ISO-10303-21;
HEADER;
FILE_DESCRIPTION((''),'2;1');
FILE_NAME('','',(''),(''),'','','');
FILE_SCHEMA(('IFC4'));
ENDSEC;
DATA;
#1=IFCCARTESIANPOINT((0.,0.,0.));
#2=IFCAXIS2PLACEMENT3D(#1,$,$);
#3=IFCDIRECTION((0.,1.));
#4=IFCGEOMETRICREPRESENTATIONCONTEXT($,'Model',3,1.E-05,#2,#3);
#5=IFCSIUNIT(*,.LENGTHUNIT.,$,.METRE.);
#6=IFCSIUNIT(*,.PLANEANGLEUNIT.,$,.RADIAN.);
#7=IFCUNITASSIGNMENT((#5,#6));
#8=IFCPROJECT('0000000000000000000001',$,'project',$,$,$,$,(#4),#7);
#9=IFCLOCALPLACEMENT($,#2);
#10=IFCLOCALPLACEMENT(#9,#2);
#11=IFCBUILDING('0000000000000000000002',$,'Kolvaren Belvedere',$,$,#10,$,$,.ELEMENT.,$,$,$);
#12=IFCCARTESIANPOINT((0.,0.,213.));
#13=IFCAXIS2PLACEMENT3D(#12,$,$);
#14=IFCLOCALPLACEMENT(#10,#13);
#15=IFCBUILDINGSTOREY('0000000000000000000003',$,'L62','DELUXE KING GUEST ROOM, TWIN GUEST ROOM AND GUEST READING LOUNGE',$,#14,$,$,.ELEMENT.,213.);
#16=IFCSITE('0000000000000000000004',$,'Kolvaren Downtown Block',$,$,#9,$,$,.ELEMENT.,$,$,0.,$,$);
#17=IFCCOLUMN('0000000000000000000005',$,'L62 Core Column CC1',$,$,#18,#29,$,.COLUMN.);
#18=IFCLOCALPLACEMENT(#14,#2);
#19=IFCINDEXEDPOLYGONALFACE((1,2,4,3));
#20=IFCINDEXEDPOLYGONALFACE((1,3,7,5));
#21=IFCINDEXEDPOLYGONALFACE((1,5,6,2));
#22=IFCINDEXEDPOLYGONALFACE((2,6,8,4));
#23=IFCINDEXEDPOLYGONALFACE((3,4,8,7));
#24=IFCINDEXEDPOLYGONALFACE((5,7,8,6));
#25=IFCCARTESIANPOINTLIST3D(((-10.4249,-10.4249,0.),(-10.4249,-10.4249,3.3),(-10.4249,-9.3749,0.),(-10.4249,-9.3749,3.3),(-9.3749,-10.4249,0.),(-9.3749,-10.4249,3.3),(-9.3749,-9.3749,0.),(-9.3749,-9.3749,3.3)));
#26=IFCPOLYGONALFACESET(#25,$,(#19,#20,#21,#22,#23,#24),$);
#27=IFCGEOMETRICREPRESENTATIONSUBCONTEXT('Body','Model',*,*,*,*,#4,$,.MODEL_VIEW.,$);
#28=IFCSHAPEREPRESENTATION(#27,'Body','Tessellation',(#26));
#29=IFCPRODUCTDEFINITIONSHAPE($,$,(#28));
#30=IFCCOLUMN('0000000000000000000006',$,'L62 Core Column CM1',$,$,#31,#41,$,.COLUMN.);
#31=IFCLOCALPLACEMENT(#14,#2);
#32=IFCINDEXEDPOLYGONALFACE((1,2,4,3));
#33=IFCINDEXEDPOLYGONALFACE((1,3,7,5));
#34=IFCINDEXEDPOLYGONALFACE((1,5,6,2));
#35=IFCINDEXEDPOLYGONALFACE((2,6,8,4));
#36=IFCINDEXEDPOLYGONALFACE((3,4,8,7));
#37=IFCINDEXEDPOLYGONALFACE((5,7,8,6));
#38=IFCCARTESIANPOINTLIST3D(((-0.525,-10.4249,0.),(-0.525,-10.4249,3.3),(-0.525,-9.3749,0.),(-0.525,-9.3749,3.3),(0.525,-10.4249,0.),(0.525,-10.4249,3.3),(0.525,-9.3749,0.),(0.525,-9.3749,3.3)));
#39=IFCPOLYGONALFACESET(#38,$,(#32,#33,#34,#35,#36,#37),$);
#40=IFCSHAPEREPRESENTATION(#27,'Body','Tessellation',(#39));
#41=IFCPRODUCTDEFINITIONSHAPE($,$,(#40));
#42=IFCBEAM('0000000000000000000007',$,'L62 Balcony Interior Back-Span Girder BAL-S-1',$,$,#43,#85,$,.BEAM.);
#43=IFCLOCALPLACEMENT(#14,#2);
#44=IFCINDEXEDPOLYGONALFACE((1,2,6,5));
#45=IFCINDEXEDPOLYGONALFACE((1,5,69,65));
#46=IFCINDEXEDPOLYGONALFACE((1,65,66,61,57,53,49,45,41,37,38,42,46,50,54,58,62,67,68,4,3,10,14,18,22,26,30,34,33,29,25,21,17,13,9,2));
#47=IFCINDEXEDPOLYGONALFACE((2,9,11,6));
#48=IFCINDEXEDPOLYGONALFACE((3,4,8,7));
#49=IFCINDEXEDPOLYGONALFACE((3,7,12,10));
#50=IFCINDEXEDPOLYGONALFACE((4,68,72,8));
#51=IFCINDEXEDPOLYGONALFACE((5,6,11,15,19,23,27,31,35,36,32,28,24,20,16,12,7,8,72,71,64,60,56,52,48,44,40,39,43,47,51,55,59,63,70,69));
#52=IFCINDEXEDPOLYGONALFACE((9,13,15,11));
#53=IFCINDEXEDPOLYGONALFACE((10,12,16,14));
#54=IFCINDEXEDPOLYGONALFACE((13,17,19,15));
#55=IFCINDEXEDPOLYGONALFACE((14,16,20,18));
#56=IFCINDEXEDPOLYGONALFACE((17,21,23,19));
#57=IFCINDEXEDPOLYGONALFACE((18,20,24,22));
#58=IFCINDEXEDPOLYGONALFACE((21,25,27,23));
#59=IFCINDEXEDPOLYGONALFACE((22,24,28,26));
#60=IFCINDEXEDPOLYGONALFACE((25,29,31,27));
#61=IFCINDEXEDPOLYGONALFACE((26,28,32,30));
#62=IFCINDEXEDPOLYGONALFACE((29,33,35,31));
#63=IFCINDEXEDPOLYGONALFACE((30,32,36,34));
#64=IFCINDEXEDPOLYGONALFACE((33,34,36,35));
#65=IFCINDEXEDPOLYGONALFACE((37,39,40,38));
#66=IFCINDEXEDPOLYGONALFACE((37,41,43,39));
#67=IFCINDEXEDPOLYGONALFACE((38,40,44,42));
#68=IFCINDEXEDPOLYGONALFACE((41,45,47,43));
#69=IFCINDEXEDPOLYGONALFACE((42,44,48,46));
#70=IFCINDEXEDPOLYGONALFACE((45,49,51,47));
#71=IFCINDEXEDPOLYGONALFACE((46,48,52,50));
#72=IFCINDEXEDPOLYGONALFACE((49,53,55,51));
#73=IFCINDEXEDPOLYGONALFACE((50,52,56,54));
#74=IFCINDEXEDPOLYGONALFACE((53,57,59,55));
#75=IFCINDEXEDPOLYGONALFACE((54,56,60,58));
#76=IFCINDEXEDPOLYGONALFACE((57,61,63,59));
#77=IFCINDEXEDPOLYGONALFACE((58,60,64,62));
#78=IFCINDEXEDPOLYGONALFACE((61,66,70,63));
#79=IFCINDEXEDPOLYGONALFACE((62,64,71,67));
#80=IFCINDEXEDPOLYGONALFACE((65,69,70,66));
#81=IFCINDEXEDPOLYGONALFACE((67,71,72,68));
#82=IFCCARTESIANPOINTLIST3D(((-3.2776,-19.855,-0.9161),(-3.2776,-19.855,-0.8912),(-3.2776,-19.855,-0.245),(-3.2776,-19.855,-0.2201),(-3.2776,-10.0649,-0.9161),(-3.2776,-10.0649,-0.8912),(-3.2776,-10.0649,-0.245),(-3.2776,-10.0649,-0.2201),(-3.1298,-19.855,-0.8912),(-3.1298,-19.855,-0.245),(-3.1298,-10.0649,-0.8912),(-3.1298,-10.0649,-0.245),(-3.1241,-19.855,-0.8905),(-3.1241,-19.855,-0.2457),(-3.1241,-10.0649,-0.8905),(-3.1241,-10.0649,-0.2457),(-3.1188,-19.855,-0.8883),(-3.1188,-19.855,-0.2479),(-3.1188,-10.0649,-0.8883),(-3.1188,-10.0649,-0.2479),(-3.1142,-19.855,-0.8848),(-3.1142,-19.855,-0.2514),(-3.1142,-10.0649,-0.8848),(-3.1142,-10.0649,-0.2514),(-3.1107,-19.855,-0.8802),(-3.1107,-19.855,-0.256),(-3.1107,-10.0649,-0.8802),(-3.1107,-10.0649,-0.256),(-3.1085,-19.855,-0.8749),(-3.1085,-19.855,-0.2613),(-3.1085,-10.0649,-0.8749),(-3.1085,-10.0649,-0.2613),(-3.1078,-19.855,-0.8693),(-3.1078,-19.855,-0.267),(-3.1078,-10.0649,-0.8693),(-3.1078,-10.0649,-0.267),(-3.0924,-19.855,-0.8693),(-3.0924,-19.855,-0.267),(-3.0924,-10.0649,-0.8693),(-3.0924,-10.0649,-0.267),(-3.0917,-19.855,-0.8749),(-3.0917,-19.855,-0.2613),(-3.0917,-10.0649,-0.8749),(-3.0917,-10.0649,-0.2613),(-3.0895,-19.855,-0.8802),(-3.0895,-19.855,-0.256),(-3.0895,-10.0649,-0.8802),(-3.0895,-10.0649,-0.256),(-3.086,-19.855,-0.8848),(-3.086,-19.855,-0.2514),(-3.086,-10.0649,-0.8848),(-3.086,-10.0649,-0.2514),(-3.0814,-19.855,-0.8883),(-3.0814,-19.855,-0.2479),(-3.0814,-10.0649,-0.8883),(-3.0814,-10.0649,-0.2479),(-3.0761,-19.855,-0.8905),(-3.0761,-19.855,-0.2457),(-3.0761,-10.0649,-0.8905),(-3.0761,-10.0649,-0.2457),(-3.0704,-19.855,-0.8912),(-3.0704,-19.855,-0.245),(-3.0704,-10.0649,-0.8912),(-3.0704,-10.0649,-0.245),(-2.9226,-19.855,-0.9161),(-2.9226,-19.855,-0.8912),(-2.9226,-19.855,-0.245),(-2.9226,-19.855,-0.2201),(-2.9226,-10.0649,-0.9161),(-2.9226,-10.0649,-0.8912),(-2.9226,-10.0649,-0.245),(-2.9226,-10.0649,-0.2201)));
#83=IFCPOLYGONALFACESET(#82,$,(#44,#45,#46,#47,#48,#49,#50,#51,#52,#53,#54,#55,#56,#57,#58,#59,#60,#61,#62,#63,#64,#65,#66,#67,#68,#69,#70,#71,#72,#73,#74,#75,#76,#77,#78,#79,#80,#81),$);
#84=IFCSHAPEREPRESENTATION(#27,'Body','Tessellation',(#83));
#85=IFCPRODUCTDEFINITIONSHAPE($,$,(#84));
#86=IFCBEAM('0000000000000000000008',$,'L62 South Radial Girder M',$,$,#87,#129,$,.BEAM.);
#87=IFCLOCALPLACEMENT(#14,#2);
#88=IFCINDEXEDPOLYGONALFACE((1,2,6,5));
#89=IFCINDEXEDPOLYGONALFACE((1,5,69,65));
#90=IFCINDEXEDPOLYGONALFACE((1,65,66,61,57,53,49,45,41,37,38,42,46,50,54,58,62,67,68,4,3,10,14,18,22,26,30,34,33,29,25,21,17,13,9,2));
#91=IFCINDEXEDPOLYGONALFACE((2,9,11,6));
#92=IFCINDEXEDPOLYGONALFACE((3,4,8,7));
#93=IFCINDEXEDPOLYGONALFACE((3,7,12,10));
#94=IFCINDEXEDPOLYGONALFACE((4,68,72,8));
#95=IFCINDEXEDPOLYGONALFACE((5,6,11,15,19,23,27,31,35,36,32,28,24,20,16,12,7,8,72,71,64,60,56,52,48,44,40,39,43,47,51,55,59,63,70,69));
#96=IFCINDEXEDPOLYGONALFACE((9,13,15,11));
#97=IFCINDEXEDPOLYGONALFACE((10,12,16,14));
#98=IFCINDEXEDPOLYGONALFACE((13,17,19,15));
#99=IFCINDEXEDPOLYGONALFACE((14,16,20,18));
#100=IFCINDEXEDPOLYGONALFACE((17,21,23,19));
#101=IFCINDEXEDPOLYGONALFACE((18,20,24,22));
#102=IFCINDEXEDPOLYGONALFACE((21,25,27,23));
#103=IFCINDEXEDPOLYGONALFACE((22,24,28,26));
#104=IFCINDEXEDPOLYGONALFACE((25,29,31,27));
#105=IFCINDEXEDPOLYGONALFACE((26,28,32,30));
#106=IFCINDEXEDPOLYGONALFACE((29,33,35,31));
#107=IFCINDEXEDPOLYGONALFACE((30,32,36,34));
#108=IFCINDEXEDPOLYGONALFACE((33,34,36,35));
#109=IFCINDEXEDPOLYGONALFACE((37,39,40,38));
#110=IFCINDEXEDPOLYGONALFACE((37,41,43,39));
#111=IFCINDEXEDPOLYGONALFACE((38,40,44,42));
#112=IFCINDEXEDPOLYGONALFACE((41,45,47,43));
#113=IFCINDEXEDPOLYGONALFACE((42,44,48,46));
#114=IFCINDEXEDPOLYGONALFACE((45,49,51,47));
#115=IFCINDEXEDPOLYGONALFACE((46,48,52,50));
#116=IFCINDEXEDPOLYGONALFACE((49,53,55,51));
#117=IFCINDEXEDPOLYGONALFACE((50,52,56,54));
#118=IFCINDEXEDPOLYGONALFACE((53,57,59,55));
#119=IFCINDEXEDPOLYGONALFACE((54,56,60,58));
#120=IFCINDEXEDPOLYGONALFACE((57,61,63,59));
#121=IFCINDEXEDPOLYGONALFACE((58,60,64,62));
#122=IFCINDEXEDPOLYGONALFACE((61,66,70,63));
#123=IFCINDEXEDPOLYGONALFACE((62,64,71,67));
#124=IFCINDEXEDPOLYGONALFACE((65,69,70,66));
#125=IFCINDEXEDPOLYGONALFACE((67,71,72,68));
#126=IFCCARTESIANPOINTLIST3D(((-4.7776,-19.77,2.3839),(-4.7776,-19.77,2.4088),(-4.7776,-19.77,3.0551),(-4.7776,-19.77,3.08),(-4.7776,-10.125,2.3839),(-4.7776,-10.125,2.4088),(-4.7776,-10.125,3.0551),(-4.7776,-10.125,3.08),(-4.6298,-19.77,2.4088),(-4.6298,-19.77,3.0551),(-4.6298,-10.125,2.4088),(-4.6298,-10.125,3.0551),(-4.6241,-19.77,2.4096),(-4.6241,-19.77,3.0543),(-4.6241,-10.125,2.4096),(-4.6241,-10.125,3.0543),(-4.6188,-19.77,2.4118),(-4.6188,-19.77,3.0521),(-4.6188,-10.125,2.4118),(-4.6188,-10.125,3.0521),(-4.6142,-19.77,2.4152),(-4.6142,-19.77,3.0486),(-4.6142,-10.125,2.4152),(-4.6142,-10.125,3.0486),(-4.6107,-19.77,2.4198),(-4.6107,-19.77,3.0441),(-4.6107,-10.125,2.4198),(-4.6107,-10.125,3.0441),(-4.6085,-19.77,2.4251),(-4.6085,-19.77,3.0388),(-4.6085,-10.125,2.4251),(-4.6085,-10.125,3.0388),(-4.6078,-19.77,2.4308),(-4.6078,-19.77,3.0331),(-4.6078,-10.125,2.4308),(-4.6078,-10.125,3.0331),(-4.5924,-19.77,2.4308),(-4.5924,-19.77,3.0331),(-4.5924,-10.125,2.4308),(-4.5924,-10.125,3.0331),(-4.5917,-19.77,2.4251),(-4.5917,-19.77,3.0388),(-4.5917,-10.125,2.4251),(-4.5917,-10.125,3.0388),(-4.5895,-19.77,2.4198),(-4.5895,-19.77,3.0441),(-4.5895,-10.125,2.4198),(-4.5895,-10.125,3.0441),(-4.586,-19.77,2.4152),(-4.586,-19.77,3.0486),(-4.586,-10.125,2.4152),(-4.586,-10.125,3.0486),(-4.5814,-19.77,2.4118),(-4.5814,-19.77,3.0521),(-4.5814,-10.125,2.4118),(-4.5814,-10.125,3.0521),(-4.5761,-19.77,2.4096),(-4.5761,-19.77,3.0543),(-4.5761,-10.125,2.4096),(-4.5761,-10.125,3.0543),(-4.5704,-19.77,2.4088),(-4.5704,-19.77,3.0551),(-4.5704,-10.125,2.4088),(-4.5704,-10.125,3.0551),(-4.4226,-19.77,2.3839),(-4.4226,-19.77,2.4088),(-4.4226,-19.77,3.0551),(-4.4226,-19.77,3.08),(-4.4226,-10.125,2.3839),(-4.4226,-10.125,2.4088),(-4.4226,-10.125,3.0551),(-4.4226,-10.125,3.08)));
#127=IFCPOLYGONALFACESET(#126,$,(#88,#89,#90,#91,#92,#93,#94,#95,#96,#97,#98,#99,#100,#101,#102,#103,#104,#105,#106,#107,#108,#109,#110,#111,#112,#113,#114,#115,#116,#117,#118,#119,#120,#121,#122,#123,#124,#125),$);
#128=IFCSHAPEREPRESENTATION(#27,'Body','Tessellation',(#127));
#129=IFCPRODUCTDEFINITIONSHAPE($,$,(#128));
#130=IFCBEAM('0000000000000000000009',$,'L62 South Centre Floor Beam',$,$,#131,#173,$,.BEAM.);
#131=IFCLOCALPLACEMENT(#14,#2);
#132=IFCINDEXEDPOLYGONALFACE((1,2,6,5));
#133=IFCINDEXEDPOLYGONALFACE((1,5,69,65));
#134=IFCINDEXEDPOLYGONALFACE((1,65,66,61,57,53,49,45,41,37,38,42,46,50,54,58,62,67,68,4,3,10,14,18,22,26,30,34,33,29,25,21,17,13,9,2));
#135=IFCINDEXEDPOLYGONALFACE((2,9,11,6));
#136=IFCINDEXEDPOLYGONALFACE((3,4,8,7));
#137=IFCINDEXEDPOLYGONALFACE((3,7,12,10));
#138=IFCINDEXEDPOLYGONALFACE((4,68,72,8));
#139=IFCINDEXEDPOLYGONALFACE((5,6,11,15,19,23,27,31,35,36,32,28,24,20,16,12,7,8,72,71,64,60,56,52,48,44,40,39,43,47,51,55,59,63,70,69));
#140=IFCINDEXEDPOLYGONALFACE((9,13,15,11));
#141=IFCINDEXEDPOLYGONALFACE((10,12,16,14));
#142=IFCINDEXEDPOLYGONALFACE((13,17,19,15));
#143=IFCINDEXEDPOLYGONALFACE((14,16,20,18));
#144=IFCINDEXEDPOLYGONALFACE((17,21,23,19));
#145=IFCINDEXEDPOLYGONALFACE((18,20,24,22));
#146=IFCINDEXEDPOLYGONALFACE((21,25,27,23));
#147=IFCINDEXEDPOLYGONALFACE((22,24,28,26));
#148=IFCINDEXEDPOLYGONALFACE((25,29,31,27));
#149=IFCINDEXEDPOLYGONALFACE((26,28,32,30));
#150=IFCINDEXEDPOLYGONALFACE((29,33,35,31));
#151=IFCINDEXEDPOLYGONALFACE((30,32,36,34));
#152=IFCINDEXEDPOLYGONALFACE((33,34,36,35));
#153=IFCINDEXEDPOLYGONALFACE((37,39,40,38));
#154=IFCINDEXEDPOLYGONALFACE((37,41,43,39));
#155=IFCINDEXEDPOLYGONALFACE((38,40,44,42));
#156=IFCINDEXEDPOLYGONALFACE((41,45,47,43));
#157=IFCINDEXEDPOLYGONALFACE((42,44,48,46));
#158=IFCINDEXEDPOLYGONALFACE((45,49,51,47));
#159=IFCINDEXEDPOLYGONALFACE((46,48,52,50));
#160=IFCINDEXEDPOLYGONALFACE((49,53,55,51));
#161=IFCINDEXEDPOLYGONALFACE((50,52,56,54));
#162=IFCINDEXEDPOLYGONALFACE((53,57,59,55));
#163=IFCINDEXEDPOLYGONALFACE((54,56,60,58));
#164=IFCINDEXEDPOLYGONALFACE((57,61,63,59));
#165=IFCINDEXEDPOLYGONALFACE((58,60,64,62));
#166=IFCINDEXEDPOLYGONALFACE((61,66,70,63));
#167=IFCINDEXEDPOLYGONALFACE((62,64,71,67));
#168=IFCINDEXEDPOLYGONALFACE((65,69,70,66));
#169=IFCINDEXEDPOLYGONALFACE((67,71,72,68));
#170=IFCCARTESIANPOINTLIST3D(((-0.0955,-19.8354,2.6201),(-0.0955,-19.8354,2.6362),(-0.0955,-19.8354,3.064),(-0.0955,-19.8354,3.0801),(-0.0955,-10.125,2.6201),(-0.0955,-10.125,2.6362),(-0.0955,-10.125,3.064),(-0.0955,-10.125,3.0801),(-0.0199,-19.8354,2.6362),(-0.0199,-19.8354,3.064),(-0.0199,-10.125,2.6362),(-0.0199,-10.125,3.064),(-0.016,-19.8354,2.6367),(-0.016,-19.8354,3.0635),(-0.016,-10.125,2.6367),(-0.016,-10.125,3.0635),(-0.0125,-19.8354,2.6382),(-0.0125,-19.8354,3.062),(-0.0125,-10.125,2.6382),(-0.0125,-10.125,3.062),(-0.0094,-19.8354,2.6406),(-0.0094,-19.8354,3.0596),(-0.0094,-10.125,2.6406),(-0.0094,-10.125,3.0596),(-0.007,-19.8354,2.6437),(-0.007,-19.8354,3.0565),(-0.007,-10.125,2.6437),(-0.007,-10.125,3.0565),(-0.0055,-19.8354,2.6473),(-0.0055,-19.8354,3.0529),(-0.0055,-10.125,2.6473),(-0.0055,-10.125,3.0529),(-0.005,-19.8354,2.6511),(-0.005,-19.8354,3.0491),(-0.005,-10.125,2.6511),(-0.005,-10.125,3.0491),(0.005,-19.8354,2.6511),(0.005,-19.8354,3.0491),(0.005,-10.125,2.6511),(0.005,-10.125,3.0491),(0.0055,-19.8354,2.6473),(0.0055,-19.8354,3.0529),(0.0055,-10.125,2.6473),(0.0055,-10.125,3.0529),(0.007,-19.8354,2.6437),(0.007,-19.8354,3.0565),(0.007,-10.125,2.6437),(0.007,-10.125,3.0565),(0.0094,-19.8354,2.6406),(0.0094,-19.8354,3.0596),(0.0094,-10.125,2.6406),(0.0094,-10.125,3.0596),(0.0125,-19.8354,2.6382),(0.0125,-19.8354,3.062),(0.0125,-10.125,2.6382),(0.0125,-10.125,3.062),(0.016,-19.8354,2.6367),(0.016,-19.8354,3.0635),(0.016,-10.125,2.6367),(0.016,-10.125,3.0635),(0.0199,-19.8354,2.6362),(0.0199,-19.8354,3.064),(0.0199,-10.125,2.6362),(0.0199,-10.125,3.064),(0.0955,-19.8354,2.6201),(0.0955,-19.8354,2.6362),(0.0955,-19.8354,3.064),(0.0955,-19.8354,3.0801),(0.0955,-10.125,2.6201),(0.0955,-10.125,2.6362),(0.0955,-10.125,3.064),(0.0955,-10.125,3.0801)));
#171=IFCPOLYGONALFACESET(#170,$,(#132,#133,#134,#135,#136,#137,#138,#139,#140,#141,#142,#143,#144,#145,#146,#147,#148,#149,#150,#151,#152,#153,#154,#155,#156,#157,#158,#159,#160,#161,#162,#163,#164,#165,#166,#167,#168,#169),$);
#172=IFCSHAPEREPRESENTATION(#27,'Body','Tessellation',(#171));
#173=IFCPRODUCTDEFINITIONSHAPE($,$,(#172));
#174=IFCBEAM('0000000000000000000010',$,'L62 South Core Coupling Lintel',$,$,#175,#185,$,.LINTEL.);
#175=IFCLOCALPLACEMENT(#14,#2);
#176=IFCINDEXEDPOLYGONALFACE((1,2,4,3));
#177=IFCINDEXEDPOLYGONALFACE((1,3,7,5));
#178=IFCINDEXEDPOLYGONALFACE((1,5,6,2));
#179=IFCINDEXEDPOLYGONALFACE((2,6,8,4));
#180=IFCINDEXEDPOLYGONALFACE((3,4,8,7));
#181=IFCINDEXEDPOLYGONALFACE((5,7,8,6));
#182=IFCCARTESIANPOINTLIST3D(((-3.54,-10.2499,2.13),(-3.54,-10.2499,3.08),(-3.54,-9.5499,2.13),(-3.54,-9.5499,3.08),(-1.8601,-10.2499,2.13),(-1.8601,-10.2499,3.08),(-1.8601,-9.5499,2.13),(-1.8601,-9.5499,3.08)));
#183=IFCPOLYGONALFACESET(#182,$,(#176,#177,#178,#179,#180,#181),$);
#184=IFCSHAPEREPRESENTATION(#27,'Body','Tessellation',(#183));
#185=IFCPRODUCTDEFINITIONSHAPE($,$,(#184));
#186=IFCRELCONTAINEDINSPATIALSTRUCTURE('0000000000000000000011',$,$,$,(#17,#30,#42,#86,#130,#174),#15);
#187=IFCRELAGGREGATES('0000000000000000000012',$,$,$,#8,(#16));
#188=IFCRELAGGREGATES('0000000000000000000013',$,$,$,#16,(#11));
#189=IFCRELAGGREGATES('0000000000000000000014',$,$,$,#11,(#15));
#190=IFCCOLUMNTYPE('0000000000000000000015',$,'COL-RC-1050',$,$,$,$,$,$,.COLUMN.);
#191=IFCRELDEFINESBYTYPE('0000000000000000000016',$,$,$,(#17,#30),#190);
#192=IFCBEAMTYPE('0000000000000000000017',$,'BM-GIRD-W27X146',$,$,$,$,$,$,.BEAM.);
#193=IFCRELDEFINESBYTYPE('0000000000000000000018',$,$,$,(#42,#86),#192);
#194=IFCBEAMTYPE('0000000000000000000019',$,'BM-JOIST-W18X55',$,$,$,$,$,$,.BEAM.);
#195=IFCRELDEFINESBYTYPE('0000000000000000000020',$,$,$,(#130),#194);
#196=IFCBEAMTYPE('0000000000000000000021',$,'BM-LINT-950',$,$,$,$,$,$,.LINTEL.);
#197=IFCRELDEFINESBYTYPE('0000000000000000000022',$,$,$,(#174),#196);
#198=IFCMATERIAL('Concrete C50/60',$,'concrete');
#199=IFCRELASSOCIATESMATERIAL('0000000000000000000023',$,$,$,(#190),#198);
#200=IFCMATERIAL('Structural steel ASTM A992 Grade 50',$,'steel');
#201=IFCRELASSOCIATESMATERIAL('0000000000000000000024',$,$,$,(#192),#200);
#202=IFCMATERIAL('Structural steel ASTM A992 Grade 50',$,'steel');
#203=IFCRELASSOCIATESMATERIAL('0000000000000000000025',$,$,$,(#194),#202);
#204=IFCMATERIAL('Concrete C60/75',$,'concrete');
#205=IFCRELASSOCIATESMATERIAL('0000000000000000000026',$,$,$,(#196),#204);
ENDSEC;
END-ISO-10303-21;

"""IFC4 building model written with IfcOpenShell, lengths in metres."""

from ifc_helpers import new_model, si_unit, direction, frame, origin, origin_2d, place, context, subcontext, project, spatial, rectangle, i_section, extrude, material, material_profile, profile_set, type_object, element, save


model = new_model("IFC4")

# Units and contexts
model_context = context("Model", 3, precision=1e-05, world=origin(), true_north=direction((0.0, 1.0)))
body_context = subcontext(model_context, "Body", "Model", "MODEL_VIEW")
ifc_project = project(units=[si_unit("LENGTHUNIT", "METRE"), si_unit("PLANEANGLEUNIT", "RADIAN")], contexts=[model_context])

# Site, building, storey
site_placement = place(None, origin())
site = spatial("IfcSite", under=ifc_project, at=site_placement, Name="Kolvaren Downtown Block", CompositionType="ELEMENT", RefElevation=0.0)
building_placement = place(site_placement, origin())
building = spatial("IfcBuilding", under=site, at=building_placement, Name="Kolvaren Belvedere", CompositionType="ELEMENT")
storey_placement = place(building_placement, frame((0.0, 0.0, 213.0)))
storey = spatial("IfcBuildingStorey", under=building, at=storey_placement, Name="L62", Description="DELUXE KING GUEST ROOM, TWIN GUEST ROOM AND GUEST READING LOUNGE", CompositionType="ELEMENT", Elevation=213.0)

# Columns
ifc_material_1 = material(Name="Concrete C50/60", Category="concrete")
ifc_material_profile_1 = material_profile(ifc_material_1, rectangle(XDim=1.05, YDim=1.05, at=origin_2d()), Name="RC 1050X1050")
ifc_profile_set_1 = profile_set([ifc_material_profile_1], Name="Concrete C50/60")
column_type = type_object("IfcColumnType", Name="COL-RC-1050", PredefinedType="COLUMN", material=ifc_profile_set_1)
for number, where, z_axis, x_axis, name in (
    (1, (-9.8999, -9.8999, 0.0), (0.0, 0.0, 1.0), (1.0, 0.0, 0.0), "L62 Core Column CC1"),
    (2, (0.0, -9.8999, 0.0), (0.0, 0.0, 1.0), (1.0, 0.0, 0.0), "L62 Core Column CM1"),
):
    element("IfcColumn", number, at=place(storey_placement, frame(where, z_axis=z_axis, x_axis=x_axis)), inside=storey, type_object=column_type, Name=name, PredefinedType="COLUMN", context=body_context, shape_type="SweptSolid", body=[
        extrude(rectangle(XDim=1.05, YDim=1.05, at=origin_2d()), origin(), (0.0, 0.0, 1.0), 3.3),
    ])

# Beams
ifc_material_2 = material(Name="Structural steel ASTM A992 Grade 50", Category="steel")
ifc_material_profile_2 = material_profile(ifc_material_2, i_section(OverallWidth=0.355, OverallDepth=0.696, WebThickness=0.0154, FlangeThickness=0.0249, FilletRadius=0.022, at=origin_2d()), Name="W27X146")
ifc_profile_set_2 = profile_set([ifc_material_profile_2], Name="Structural steel ASTM A992 Grade 50")
beam_type_1 = type_object("IfcBeamType", Name="BM-GIRD-W27X146", PredefinedType="BEAM", material=ifc_profile_set_2)
beam_1_placement = place(storey_placement, frame((-3.1001, -10.0649, -0.5681), z_axis=(0.0, -1.0, 0.0), x_axis=(1.0, 0.0, 0.0)))
element("IfcBeam", 3, at=beam_1_placement, inside=storey, type_object=beam_type_1, Name="L62 Balcony Interior Back-Span Girder BAL-S-1", PredefinedType="BEAM", context=body_context, shape_type="SweptSolid", body=[
    extrude(i_section(OverallWidth=0.355, OverallDepth=0.696, WebThickness=0.0154, FlangeThickness=0.0249, FilletRadius=0.022, at=origin_2d()), origin(), (0.0, 0.0, 1.0), 9.79),
])
beam_2_placement = place(storey_placement, frame((-4.6001, -10.125, 2.7319), z_axis=(0.0, -1.0, 0.0), x_axis=(1.0, 0.0, 0.0)))
element("IfcBeam", 4, at=beam_2_placement, inside=storey, type_object=beam_type_1, Name="L62 South Radial Girder M", PredefinedType="BEAM", context=body_context, shape_type="SweptSolid", body=[
    extrude(i_section(OverallWidth=0.355, OverallDepth=0.696, WebThickness=0.0154, FlangeThickness=0.0249, FilletRadius=0.022, at=origin_2d()), origin(), (0.0, 0.0, 1.0), 9.645),
])
ifc_material_3 = material(Name="Structural steel ASTM A992 Grade 50", Category="steel")
ifc_material_profile_3 = material_profile(ifc_material_3, i_section(OverallWidth=0.1909, OverallDepth=0.46, WebThickness=0.01, FlangeThickness=0.0161, FilletRadius=0.0149, at=origin_2d()), Name="W18X55")
ifc_profile_set_3 = profile_set([ifc_material_profile_3], Name="Structural steel ASTM A992 Grade 50")
beam_type_2 = type_object("IfcBeamType", Name="BM-JOIST-W18X55", PredefinedType="BEAM", material=ifc_profile_set_3)
beam_3_placement = place(storey_placement, frame((0.0, -10.125, 2.8501), z_axis=(0.0, -1.0, 0.0), x_axis=(1.0, 0.0, 0.0)))
element("IfcBeam", 5, at=beam_3_placement, inside=storey, type_object=beam_type_2, Name="L62 South Centre Floor Beam", PredefinedType="BEAM", context=body_context, shape_type="SweptSolid", body=[
    extrude(i_section(OverallWidth=0.1909, OverallDepth=0.46, WebThickness=0.01, FlangeThickness=0.0161, FilletRadius=0.0149, at=origin_2d()), origin(), (0.0, 0.0, 1.0), 9.7104),
])
ifc_material_4 = material(Name="Concrete C60/75", Category="concrete")
ifc_material_profile_4 = material_profile(ifc_material_4, rectangle(XDim=0.7, YDim=0.95, at=origin_2d()), Name="RC 700X950")
ifc_profile_set_4 = profile_set([ifc_material_profile_4], Name="Concrete C60/75")
beam_type_3 = type_object("IfcBeamType", Name="BM-LINT-950", PredefinedType="LINTEL", material=ifc_profile_set_4)
beam_4_placement = place(storey_placement, frame((-3.54, -9.8999, 2.605), z_axis=(1.0, 0.0, 0.0), x_axis=(0.0, 1.0, 0.0)))
element("IfcBeam", 6, at=beam_4_placement, inside=storey, type_object=beam_type_3, Name="L62 South Core Coupling Lintel", PredefinedType="LINTEL", context=body_context, shape_type="SweptSolid", body=[
    extrude(rectangle(XDim=0.7, YDim=0.95, at=origin_2d()), origin(), (0.0, 0.0, 1.0), 1.6799),
])

save(model, "model.ifc")
